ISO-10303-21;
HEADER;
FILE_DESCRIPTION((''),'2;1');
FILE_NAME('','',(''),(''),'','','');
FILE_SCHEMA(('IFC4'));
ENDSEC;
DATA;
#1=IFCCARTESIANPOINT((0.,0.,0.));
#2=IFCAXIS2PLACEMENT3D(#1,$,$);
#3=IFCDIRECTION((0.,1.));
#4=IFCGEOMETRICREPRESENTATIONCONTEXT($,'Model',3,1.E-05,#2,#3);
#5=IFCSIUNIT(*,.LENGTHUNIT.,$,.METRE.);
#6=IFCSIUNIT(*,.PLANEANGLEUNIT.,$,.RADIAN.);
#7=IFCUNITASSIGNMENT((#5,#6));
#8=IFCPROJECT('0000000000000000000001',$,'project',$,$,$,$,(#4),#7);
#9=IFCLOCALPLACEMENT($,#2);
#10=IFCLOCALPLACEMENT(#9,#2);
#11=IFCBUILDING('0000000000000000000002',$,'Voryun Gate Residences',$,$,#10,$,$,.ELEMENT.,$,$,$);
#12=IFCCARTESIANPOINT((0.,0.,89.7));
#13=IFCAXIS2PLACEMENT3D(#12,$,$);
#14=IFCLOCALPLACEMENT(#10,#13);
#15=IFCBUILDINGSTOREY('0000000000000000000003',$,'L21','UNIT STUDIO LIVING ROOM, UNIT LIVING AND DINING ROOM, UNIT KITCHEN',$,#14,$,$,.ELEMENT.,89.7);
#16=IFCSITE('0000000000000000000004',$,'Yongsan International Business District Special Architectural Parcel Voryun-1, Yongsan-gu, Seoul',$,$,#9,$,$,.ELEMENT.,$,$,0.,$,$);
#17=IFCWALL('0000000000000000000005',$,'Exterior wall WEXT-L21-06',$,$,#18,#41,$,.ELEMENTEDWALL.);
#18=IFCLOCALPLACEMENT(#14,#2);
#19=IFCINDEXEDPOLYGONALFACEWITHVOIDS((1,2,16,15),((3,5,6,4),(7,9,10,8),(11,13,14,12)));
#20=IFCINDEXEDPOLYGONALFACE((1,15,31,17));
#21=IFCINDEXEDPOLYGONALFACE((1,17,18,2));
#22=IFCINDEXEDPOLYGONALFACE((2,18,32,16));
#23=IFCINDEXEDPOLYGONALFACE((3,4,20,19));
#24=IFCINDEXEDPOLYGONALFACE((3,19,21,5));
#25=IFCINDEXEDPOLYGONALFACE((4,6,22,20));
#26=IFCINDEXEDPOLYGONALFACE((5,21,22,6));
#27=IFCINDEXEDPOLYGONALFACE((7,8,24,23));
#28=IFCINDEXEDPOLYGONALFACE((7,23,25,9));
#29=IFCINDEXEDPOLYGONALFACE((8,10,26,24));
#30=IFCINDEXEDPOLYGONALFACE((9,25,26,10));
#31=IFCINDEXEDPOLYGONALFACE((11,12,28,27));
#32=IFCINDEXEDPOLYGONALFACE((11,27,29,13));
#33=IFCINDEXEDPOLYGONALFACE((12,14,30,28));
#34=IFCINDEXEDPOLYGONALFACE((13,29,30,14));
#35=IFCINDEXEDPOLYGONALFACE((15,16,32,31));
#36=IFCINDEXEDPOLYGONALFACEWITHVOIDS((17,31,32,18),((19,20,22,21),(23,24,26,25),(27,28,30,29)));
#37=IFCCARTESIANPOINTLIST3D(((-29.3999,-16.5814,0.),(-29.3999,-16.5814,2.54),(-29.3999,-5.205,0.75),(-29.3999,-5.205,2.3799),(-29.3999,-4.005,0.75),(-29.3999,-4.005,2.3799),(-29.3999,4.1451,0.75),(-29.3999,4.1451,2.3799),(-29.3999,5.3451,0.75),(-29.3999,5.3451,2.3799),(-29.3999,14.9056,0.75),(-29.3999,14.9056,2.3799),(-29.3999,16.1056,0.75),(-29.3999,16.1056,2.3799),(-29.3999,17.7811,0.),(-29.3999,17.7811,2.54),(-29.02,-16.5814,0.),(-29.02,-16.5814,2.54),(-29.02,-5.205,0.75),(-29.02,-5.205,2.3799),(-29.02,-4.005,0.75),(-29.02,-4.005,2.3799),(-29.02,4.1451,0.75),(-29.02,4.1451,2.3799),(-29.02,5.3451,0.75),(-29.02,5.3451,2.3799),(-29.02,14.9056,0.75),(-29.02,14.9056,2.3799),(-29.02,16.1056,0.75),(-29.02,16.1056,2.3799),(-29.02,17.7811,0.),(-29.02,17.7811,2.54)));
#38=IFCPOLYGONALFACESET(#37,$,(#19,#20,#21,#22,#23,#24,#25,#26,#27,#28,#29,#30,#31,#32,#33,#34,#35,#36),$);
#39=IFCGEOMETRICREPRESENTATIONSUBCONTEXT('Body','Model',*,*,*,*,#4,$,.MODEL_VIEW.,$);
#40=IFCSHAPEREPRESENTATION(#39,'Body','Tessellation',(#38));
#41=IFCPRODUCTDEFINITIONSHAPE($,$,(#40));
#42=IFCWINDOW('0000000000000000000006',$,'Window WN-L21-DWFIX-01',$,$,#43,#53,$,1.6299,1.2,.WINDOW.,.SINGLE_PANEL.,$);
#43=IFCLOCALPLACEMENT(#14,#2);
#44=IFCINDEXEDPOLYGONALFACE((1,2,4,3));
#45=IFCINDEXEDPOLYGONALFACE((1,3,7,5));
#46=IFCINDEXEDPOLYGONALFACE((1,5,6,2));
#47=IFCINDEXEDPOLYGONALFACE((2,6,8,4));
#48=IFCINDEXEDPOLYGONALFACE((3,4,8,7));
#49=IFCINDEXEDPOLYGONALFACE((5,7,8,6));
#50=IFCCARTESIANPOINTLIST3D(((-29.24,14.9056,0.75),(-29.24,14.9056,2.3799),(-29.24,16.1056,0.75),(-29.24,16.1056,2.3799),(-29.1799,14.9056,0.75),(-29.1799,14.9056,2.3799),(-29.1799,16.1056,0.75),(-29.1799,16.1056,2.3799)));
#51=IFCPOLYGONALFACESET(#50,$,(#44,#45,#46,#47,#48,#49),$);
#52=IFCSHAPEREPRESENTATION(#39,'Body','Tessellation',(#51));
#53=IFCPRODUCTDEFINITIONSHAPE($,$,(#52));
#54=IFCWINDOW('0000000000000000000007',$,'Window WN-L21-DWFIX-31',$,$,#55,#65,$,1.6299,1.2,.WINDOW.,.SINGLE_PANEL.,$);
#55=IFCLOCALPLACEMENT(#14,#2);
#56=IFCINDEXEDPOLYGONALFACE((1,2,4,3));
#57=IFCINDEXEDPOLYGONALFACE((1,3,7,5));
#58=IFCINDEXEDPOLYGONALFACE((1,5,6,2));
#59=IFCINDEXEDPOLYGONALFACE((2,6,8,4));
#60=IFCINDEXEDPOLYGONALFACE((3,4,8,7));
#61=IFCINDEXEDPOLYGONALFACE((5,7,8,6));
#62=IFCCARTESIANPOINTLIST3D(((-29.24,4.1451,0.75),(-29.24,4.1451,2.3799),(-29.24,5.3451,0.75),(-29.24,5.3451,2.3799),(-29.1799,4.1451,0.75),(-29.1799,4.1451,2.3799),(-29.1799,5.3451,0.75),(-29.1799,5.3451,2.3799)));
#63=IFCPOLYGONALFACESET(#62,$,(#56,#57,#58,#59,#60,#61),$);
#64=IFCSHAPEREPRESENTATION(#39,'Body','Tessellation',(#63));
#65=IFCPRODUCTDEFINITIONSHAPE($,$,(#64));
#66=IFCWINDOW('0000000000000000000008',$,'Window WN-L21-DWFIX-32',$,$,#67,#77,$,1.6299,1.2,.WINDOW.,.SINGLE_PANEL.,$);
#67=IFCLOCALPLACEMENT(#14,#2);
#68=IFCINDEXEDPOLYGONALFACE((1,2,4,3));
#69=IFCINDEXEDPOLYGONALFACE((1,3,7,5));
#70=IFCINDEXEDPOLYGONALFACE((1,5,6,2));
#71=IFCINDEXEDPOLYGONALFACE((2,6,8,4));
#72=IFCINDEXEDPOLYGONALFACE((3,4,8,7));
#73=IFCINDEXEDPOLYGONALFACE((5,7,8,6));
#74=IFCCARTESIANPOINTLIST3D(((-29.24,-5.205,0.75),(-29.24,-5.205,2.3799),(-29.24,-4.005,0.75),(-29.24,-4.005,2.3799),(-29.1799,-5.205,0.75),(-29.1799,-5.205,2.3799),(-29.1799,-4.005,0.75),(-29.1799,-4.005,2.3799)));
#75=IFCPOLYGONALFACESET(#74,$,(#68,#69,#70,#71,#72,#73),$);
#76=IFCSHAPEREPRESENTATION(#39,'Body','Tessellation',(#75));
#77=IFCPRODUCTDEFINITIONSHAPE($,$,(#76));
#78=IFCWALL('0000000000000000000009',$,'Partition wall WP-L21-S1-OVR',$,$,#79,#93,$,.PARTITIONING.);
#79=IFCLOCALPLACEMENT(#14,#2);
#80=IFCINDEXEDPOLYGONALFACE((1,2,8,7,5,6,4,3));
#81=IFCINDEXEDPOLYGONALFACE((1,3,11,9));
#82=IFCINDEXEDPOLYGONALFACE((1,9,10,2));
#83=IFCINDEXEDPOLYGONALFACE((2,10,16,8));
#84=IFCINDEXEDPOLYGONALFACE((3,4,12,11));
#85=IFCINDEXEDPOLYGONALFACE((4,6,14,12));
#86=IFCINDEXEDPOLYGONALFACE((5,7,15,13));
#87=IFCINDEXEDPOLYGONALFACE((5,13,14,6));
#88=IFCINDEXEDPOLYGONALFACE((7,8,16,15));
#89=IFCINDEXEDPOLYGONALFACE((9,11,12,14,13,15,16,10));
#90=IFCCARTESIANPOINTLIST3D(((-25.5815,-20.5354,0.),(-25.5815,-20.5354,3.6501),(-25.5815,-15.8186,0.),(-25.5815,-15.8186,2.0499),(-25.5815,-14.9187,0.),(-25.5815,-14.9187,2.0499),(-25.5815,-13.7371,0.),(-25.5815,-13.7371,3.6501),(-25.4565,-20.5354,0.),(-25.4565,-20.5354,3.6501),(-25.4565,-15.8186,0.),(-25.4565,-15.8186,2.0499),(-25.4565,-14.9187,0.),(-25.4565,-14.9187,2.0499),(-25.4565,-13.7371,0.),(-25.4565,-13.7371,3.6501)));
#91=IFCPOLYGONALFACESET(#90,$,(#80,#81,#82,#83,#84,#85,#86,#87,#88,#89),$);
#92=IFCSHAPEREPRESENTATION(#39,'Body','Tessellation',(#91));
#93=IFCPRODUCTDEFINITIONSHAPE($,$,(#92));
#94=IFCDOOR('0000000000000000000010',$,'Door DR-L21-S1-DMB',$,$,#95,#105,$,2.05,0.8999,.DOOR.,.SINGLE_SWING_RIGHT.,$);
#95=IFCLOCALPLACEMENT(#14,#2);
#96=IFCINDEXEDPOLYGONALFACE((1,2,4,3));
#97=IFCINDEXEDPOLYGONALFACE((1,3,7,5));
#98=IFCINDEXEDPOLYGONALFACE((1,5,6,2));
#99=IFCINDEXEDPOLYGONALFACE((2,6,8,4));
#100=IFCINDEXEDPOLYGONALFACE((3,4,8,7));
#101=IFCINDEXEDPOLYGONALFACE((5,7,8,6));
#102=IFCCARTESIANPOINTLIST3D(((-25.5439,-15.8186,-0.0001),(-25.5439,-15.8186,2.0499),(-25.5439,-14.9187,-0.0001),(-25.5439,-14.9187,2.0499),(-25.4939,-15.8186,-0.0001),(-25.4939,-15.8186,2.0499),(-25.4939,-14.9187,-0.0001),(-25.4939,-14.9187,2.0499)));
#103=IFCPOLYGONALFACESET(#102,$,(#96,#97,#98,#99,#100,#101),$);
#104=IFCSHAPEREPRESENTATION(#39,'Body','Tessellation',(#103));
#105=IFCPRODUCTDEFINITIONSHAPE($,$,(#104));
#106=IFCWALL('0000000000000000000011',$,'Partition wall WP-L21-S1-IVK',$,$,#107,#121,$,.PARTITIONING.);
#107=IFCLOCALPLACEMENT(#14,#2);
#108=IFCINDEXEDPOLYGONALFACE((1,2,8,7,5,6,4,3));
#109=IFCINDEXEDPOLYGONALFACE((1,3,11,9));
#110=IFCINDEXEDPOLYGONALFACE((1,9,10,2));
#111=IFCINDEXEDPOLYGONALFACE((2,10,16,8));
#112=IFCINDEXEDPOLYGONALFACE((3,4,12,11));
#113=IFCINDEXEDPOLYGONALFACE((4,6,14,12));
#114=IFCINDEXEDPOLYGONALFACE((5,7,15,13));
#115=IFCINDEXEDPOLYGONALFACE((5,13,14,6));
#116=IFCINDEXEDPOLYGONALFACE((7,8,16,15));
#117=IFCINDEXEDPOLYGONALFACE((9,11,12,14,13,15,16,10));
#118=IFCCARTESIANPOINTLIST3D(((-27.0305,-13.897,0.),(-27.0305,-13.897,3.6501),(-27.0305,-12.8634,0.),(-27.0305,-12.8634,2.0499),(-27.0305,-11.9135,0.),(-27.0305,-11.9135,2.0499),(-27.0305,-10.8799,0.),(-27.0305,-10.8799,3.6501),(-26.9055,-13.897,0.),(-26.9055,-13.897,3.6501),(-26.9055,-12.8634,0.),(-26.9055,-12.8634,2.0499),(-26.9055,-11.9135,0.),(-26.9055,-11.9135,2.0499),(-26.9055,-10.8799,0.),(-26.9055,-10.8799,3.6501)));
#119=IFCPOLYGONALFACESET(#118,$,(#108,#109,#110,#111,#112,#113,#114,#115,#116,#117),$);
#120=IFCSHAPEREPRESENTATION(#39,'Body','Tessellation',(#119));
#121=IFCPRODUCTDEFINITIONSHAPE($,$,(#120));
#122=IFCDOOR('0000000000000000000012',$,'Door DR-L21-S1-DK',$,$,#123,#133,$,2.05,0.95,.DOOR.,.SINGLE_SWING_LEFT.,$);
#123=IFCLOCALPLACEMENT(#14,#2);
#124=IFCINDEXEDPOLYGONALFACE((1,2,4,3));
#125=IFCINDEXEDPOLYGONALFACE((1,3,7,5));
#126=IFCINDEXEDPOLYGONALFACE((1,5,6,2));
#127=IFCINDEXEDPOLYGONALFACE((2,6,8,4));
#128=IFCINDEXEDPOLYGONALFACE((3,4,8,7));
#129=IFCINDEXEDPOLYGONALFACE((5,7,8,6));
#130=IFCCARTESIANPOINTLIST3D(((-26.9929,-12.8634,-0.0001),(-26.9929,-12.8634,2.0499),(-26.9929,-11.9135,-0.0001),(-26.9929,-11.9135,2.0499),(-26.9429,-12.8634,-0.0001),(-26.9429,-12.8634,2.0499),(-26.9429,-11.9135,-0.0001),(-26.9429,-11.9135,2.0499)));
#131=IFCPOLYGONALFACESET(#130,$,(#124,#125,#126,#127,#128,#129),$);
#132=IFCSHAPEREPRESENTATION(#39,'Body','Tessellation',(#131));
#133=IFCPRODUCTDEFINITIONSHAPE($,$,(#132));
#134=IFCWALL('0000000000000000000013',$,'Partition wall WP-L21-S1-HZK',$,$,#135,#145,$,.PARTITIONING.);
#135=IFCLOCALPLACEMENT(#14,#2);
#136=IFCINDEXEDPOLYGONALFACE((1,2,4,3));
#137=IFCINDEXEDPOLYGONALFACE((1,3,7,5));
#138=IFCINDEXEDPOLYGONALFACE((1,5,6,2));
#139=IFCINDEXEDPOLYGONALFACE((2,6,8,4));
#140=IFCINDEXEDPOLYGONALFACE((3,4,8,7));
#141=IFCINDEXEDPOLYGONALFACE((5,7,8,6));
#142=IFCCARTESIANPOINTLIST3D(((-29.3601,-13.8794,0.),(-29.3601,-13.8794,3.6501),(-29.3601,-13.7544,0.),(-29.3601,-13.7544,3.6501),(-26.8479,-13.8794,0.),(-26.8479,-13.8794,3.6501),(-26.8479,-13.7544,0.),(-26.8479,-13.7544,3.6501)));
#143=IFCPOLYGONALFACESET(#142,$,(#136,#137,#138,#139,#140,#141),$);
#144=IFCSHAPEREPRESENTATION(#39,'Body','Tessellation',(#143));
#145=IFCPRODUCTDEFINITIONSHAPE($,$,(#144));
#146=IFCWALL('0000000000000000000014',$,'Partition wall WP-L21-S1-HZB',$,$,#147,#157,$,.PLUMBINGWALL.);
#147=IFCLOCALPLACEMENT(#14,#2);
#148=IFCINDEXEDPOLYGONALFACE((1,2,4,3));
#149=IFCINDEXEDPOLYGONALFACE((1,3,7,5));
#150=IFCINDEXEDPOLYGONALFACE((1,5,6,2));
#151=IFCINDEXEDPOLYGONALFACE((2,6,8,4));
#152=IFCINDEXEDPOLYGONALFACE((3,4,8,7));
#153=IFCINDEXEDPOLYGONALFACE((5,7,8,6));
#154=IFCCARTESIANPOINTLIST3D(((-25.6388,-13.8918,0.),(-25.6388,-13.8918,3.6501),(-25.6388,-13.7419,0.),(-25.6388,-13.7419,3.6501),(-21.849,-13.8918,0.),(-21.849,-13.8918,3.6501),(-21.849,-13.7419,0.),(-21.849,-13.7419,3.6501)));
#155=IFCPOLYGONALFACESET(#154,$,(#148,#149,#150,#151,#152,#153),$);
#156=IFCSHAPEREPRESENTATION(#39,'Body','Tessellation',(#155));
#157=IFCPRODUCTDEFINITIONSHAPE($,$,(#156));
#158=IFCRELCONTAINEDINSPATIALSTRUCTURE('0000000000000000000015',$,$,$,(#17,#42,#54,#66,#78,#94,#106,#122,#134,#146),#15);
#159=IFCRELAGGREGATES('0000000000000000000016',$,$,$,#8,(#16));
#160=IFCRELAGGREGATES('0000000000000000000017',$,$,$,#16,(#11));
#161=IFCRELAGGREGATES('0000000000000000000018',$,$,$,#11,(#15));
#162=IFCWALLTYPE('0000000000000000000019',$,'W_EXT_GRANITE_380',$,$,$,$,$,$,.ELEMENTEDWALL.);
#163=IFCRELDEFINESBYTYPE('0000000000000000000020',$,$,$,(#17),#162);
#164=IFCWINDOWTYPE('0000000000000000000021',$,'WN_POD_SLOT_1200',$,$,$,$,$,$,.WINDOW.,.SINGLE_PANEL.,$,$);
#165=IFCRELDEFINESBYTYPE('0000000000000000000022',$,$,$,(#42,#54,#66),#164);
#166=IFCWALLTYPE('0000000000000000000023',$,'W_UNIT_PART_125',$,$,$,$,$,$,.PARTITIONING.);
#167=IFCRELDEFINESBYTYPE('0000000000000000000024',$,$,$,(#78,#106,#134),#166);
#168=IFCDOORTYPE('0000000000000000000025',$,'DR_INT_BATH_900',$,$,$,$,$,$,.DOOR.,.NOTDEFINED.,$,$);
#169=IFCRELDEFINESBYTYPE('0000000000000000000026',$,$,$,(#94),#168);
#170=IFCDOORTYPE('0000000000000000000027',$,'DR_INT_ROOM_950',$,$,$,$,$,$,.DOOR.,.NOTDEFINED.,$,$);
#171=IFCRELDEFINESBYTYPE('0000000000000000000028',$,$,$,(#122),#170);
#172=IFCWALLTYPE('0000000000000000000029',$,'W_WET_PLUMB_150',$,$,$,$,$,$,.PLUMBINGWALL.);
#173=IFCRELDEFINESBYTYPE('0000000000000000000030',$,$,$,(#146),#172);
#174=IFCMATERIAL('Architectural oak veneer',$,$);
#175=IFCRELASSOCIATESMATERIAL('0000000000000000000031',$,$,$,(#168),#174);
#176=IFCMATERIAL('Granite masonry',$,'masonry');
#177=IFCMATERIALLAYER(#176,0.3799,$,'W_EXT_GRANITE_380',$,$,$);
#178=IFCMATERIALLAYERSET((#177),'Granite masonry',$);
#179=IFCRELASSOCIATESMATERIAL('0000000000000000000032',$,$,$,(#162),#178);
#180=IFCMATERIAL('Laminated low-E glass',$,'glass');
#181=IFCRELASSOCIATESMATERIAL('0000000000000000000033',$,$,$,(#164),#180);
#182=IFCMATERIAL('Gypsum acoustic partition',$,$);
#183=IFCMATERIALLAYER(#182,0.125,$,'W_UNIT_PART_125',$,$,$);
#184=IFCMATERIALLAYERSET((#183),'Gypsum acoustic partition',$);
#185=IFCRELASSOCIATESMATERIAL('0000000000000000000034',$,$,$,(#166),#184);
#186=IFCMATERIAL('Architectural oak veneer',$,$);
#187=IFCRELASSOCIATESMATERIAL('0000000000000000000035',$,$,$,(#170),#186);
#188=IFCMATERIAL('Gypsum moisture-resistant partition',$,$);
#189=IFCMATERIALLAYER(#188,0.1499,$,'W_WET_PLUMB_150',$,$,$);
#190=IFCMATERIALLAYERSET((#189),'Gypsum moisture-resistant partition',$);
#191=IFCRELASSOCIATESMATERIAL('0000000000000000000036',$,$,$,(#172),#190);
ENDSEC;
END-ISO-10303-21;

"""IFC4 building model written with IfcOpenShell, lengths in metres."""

from ifc_helpers import new_model, si_unit, direction, frame, frame_2d, origin, place, context, subcontext, project, spatial, rectangle, extrude, material, layer, layer_set, type_object, element, fill, save


model = new_model("IFC4")

# Units and contexts
model_context = context("Model", 3, precision=1e-05, world=origin(), true_north=direction((0.0, 1.0)))
body_context = subcontext(model_context, "Body", "Model", "MODEL_VIEW")
ifc_project = project(units=[si_unit("LENGTHUNIT", "METRE"), si_unit("PLANEANGLEUNIT", "RADIAN")], contexts=[model_context])

# Site, building, storey
site_placement = place(None, origin())
site = spatial("IfcSite", under=ifc_project, at=site_placement, Name="Yongsan International Business District Special Architectural Parcel Voryun-1, Yongsan-gu, Seoul", CompositionType="ELEMENT", RefElevation=0.0)
building_placement = place(site_placement, origin())
building = spatial("IfcBuilding", under=site, at=building_placement, Name="Voryun Gate Residences", CompositionType="ELEMENT")
storey_placement = place(building_placement, frame((0.0, 0.0, 89.7)))
storey = spatial("IfcBuildingStorey", under=building, at=storey_placement, Name="L21", Description="UNIT STUDIO LIVING ROOM, UNIT LIVING AND DINING ROOM, UNIT KITCHEN", CompositionType="ELEMENT", Elevation=89.7)

# Shared definitions
ifc_material_1 = material(Name="Architectural oak veneer")
door_type_1 = type_object("IfcDoorType", Name="DR_INT_BATH_900", OperationType="NOTDEFINED", PredefinedType="DOOR", material=ifc_material_1)

# Shared definitions
ifc_material_2 = material(Name="Granite masonry", Category="masonry")
ifc_layer_1 = layer(ifc_material_2, 0.3799, Name="W_EXT_GRANITE_380")
ifc_layer_set_1 = layer_set([ifc_layer_1], Name="Granite masonry")
wall_type_1 = type_object("IfcWallType", Name="W_EXT_GRANITE_380", PredefinedType="ELEMENTEDWALL", material=ifc_layer_set_1)

# Wall, openings, windows
wall_1_placement = place(storey_placement, frame((-29.21, -16.5813, 0.0), z_axis=(0.0, 0.0, 1.0), x_axis=(0.0, 1.0, 0.0)))
wall_1 = element("IfcWall", 1, at=wall_1_placement, inside=storey, type_object=wall_type_1, Name="Exterior wall WEXT-L21-06", PredefinedType="ELEMENTEDWALL", context=body_context, shape_type="SweptSolid", body=[
    extrude(rectangle(XDim=34.3625, YDim=0.3799, at=frame_2d((17.1812, 0.0))), origin(), (0.0, 0.0, 1.0), 2.54),
])
opening_1_placement = place(wall_1_placement, frame((31.4868, 0.0, 0.75)))
opening_1 = element("IfcOpeningElement", 2, at=opening_1_placement, cuts=wall_1, PredefinedType="OPENING", context=body_context, shape_type="SweptSolid", body=[
    extrude(rectangle(XDim=1.2, YDim=1.6299, at=frame_2d((0.6001, 0.8149))), frame((0.0, 0.2, 0.0), z_axis=(0.0, -1.0, 0.0), x_axis=(1.0, 0.0, 0.0)), (0.0, 0.0, 1.0), 0.3999),
])
opening_2_placement = place(wall_1_placement, frame((20.7263, 0.0, 0.75)))
opening_2 = element("IfcOpeningElement", 3, at=opening_2_placement, cuts=wall_1, PredefinedType="OPENING", context=body_context, shape_type="SweptSolid", body=[
    extrude(rectangle(XDim=1.2, YDim=1.6299, at=frame_2d((0.6001, 0.8149))), frame((0.0, 0.2, 0.0), z_axis=(0.0, -1.0, 0.0), x_axis=(1.0, 0.0, 0.0)), (0.0, 0.0, 1.0), 0.3999),
])
opening_3_placement = place(wall_1_placement, frame((11.3762, 0.0, 0.75)))
opening_3 = element("IfcOpeningElement", 4, at=opening_3_placement, cuts=wall_1, PredefinedType="OPENING", context=body_context, shape_type="SweptSolid", body=[
    extrude(rectangle(XDim=1.2, YDim=1.6299, at=frame_2d((0.6001, 0.8149))), frame((0.0, 0.2, 0.0), z_axis=(0.0, -1.0, 0.0), x_axis=(1.0, 0.0, 0.0)), (0.0, 0.0, 1.0), 0.3999),
])
ifc_material_3 = material(Name="Laminated low-E glass", Category="glass")
window_type = type_object("IfcWindowType", Name="WN_POD_SLOT_1200", PartitioningType="SINGLE_PANEL", PredefinedType="WINDOW", material=ifc_material_3)
window_1_placement = place(opening_1_placement, origin())
window_1 = element("IfcWindow", 5, at=window_1_placement, inside=storey, type_object=window_type, Name="Window WN-L21-DWFIX-01", OverallHeight=1.6299, OverallWidth=1.2, PartitioningType="SINGLE_PANEL", PredefinedType="WINDOW", context=body_context, shape_type="SweptSolid", body=[
    extrude(rectangle(XDim=1.2, YDim=1.6299, at=frame_2d((0.6001, 0.8149))), frame((0.0, 0.03, 0.0), z_axis=(0.0, -1.0, 0.0), x_axis=(1.0, 0.0, 0.0)), (0.0, 0.0, 1.0), 0.0601),
])
fill(opening_1, window_1)
window_2_placement = place(opening_2_placement, origin())
window_2 = element("IfcWindow", 6, at=window_2_placement, inside=storey, type_object=window_type, Name="Window WN-L21-DWFIX-31", OverallHeight=1.6299, OverallWidth=1.2, PartitioningType="SINGLE_PANEL", PredefinedType="WINDOW", context=body_context, shape_type="SweptSolid", body=[
    extrude(rectangle(XDim=1.2, YDim=1.6299, at=frame_2d((0.6001, 0.8149))), frame((0.0, 0.03, 0.0), z_axis=(0.0, -1.0, 0.0), x_axis=(1.0, 0.0, 0.0)), (0.0, 0.0, 1.0), 0.0601),
])
fill(opening_2, window_2)
window_3_placement = place(opening_3_placement, origin())
window_3 = element("IfcWindow", 7, at=window_3_placement, inside=storey, type_object=window_type, Name="Window WN-L21-DWFIX-32", OverallHeight=1.6299, OverallWidth=1.2, PartitioningType="SINGLE_PANEL", PredefinedType="WINDOW", context=body_context, shape_type="SweptSolid", body=[
    extrude(rectangle(XDim=1.2, YDim=1.6299, at=frame_2d((0.6001, 0.8149))), frame((0.0, 0.03, 0.0), z_axis=(0.0, -1.0, 0.0), x_axis=(1.0, 0.0, 0.0)), (0.0, 0.0, 1.0), 0.0601),
])
fill(opening_3, window_3)

# Walls, openings, doors
ifc_material_4 = material(Name="Gypsum acoustic partition")
ifc_layer_2 = layer(ifc_material_4, 0.125, Name="W_UNIT_PART_125")
ifc_layer_set_2 = layer_set([ifc_layer_2], Name="Gypsum acoustic partition")
wall_type_2 = type_object("IfcWallType", Name="W_UNIT_PART_125", PredefinedType="PARTITIONING", material=ifc_layer_set_2)
wall_2_placement = place(storey_placement, frame((-25.519, -20.5354, 0.0), z_axis=(0.0, 0.0, 1.0), x_axis=(0.0, 1.0, 0.0)))
wall_2 = element("IfcWall", 8, at=wall_2_placement, inside=storey, type_object=wall_type_2, Name="Partition wall WP-L21-S1-OVR", PredefinedType="PARTITIONING", context=body_context, shape_type="SweptSolid", body=[
    extrude(rectangle(XDim=6.7983, YDim=0.125, at=frame_2d((3.3992, 0.0))), origin(), (0.0, 0.0, 1.0), 3.6501),
])
opening_4_placement = place(wall_2_placement, frame((4.7168, 0.0, 0.0)))
opening_4 = element("IfcOpeningElement", 9, at=opening_4_placement, cuts=wall_2, PredefinedType="OPENING", context=body_context, shape_type="SweptSolid", body=[
    extrude(rectangle(XDim=0.8999, YDim=2.05, at=frame_2d((0.45, 1.0249))), frame((0.0, 0.0725, 0.0), z_axis=(0.0, -1.0, 0.0), x_axis=(1.0, 0.0, 0.0)), (0.0, 0.0, 1.0), 0.145),
])
door_1_placement = place(opening_4_placement, origin())
door_1 = element("IfcDoor", 10, at=door_1_placement, inside=storey, type_object=door_type_1, Name="Door DR-L21-S1-DMB", OperationType="SINGLE_SWING_RIGHT", OverallHeight=2.05, OverallWidth=0.8999, PredefinedType="DOOR", context=body_context, shape_type="SweptSolid", body=[
    extrude(rectangle(XDim=0.8999, YDim=2.05, at=frame_2d((0.45, 1.0249))), frame((0.0, 0.0249, 0.0), z_axis=(0.0, -1.0, 0.0), x_axis=(1.0, 0.0, 0.0)), (0.0, 0.0, 1.0), 0.05),
])
fill(opening_4, door_1)
wall_3_placement = place(storey_placement, frame((-26.968, -13.897, 0.0), z_axis=(0.0, 0.0, 1.0), x_axis=(0.0, 1.0, 0.0)))
wall_3 = element("IfcWall", 11, at=wall_3_placement, inside=storey, type_object=wall_type_2, Name="Partition wall WP-L21-S1-IVK", PredefinedType="PARTITIONING", context=body_context, shape_type="SweptSolid", body=[
    extrude(rectangle(XDim=3.0171, YDim=0.125, at=frame_2d((1.5085, 0.0))), origin(), (0.0, 0.0, 1.0), 3.6501),
])
opening_5_placement = place(wall_3_placement, frame((1.0334, 0.0, 0.0)))
opening_5 = element("IfcOpeningElement", 12, at=opening_5_placement, cuts=wall_3, PredefinedType="OPENING", context=body_context, shape_type="SweptSolid", body=[
    extrude(rectangle(XDim=0.95, YDim=2.05, at=frame_2d((0.4751, 1.0249))), frame((0.0, 0.0725, 0.0), z_axis=(0.0, -1.0, 0.0), x_axis=(1.0, 0.0, 0.0)), (0.0, 0.0, 1.0), 0.145),
])
ifc_material_5 = material(Name="Architectural oak veneer")
door_type_2 = type_object("IfcDoorType", Name="DR_INT_ROOM_950", OperationType="NOTDEFINED", PredefinedType="DOOR", material=ifc_material_5)
door_2_placement = place(opening_5_placement, origin())
door_2 = element("IfcDoor", 13, at=door_2_placement, inside=storey, type_object=door_type_2, Name="Door DR-L21-S1-DK", OperationType="SINGLE_SWING_LEFT", OverallHeight=2.05, OverallWidth=0.95, PredefinedType="DOOR", context=body_context, shape_type="SweptSolid", body=[
    extrude(rectangle(XDim=0.95, YDim=2.05, at=frame_2d((0.4751, 1.0249))), frame((0.0, 0.0249, 0.0), z_axis=(0.0, -1.0, 0.0), x_axis=(1.0, 0.0, 0.0)), (0.0, 0.0, 1.0), 0.05),
])
fill(opening_5, door_2)

# Walls
wall_4_placement = place(storey_placement, frame((-29.3601, -13.8169, 0.0), z_axis=(0.0, 0.0, 1.0), x_axis=(1.0, 0.0, 0.0)))
element("IfcWall", 14, at=wall_4_placement, inside=storey, type_object=wall_type_2, Name="Partition wall WP-L21-S1-HZK", PredefinedType="PARTITIONING", context=body_context, shape_type="SweptSolid", body=[
    extrude(rectangle(XDim=2.5122, YDim=0.125, at=frame_2d((1.2561, 0.0))), origin(), (0.0, 0.0, 1.0), 3.6501),
])
ifc_material_6 = material(Name="Gypsum moisture-resistant partition")
ifc_layer_3 = layer(ifc_material_6, 0.1499, Name="W_WET_PLUMB_150")
ifc_layer_set_3 = layer_set([ifc_layer_3], Name="Gypsum moisture-resistant partition")
wall_type_3 = type_object("IfcWallType", Name="W_WET_PLUMB_150", PredefinedType="PLUMBINGWALL", material=ifc_layer_set_3)
wall_5_placement = place(storey_placement, frame((-25.6389, -13.8169, 0.0), z_axis=(0.0, 0.0, 1.0), x_axis=(1.0, 0.0, 0.0)))
element("IfcWall", 15, at=wall_5_placement, inside=storey, type_object=wall_type_3, Name="Partition wall WP-L21-S1-HZB", PredefinedType="PLUMBINGWALL", context=body_context, shape_type="SweptSolid", body=[
    extrude(rectangle(XDim=3.7898, YDim=0.1499, at=frame_2d((1.895, 0.0))), origin(), (0.0, 0.0, 1.0), 3.6501),
])

save(model, "model.ifc")
